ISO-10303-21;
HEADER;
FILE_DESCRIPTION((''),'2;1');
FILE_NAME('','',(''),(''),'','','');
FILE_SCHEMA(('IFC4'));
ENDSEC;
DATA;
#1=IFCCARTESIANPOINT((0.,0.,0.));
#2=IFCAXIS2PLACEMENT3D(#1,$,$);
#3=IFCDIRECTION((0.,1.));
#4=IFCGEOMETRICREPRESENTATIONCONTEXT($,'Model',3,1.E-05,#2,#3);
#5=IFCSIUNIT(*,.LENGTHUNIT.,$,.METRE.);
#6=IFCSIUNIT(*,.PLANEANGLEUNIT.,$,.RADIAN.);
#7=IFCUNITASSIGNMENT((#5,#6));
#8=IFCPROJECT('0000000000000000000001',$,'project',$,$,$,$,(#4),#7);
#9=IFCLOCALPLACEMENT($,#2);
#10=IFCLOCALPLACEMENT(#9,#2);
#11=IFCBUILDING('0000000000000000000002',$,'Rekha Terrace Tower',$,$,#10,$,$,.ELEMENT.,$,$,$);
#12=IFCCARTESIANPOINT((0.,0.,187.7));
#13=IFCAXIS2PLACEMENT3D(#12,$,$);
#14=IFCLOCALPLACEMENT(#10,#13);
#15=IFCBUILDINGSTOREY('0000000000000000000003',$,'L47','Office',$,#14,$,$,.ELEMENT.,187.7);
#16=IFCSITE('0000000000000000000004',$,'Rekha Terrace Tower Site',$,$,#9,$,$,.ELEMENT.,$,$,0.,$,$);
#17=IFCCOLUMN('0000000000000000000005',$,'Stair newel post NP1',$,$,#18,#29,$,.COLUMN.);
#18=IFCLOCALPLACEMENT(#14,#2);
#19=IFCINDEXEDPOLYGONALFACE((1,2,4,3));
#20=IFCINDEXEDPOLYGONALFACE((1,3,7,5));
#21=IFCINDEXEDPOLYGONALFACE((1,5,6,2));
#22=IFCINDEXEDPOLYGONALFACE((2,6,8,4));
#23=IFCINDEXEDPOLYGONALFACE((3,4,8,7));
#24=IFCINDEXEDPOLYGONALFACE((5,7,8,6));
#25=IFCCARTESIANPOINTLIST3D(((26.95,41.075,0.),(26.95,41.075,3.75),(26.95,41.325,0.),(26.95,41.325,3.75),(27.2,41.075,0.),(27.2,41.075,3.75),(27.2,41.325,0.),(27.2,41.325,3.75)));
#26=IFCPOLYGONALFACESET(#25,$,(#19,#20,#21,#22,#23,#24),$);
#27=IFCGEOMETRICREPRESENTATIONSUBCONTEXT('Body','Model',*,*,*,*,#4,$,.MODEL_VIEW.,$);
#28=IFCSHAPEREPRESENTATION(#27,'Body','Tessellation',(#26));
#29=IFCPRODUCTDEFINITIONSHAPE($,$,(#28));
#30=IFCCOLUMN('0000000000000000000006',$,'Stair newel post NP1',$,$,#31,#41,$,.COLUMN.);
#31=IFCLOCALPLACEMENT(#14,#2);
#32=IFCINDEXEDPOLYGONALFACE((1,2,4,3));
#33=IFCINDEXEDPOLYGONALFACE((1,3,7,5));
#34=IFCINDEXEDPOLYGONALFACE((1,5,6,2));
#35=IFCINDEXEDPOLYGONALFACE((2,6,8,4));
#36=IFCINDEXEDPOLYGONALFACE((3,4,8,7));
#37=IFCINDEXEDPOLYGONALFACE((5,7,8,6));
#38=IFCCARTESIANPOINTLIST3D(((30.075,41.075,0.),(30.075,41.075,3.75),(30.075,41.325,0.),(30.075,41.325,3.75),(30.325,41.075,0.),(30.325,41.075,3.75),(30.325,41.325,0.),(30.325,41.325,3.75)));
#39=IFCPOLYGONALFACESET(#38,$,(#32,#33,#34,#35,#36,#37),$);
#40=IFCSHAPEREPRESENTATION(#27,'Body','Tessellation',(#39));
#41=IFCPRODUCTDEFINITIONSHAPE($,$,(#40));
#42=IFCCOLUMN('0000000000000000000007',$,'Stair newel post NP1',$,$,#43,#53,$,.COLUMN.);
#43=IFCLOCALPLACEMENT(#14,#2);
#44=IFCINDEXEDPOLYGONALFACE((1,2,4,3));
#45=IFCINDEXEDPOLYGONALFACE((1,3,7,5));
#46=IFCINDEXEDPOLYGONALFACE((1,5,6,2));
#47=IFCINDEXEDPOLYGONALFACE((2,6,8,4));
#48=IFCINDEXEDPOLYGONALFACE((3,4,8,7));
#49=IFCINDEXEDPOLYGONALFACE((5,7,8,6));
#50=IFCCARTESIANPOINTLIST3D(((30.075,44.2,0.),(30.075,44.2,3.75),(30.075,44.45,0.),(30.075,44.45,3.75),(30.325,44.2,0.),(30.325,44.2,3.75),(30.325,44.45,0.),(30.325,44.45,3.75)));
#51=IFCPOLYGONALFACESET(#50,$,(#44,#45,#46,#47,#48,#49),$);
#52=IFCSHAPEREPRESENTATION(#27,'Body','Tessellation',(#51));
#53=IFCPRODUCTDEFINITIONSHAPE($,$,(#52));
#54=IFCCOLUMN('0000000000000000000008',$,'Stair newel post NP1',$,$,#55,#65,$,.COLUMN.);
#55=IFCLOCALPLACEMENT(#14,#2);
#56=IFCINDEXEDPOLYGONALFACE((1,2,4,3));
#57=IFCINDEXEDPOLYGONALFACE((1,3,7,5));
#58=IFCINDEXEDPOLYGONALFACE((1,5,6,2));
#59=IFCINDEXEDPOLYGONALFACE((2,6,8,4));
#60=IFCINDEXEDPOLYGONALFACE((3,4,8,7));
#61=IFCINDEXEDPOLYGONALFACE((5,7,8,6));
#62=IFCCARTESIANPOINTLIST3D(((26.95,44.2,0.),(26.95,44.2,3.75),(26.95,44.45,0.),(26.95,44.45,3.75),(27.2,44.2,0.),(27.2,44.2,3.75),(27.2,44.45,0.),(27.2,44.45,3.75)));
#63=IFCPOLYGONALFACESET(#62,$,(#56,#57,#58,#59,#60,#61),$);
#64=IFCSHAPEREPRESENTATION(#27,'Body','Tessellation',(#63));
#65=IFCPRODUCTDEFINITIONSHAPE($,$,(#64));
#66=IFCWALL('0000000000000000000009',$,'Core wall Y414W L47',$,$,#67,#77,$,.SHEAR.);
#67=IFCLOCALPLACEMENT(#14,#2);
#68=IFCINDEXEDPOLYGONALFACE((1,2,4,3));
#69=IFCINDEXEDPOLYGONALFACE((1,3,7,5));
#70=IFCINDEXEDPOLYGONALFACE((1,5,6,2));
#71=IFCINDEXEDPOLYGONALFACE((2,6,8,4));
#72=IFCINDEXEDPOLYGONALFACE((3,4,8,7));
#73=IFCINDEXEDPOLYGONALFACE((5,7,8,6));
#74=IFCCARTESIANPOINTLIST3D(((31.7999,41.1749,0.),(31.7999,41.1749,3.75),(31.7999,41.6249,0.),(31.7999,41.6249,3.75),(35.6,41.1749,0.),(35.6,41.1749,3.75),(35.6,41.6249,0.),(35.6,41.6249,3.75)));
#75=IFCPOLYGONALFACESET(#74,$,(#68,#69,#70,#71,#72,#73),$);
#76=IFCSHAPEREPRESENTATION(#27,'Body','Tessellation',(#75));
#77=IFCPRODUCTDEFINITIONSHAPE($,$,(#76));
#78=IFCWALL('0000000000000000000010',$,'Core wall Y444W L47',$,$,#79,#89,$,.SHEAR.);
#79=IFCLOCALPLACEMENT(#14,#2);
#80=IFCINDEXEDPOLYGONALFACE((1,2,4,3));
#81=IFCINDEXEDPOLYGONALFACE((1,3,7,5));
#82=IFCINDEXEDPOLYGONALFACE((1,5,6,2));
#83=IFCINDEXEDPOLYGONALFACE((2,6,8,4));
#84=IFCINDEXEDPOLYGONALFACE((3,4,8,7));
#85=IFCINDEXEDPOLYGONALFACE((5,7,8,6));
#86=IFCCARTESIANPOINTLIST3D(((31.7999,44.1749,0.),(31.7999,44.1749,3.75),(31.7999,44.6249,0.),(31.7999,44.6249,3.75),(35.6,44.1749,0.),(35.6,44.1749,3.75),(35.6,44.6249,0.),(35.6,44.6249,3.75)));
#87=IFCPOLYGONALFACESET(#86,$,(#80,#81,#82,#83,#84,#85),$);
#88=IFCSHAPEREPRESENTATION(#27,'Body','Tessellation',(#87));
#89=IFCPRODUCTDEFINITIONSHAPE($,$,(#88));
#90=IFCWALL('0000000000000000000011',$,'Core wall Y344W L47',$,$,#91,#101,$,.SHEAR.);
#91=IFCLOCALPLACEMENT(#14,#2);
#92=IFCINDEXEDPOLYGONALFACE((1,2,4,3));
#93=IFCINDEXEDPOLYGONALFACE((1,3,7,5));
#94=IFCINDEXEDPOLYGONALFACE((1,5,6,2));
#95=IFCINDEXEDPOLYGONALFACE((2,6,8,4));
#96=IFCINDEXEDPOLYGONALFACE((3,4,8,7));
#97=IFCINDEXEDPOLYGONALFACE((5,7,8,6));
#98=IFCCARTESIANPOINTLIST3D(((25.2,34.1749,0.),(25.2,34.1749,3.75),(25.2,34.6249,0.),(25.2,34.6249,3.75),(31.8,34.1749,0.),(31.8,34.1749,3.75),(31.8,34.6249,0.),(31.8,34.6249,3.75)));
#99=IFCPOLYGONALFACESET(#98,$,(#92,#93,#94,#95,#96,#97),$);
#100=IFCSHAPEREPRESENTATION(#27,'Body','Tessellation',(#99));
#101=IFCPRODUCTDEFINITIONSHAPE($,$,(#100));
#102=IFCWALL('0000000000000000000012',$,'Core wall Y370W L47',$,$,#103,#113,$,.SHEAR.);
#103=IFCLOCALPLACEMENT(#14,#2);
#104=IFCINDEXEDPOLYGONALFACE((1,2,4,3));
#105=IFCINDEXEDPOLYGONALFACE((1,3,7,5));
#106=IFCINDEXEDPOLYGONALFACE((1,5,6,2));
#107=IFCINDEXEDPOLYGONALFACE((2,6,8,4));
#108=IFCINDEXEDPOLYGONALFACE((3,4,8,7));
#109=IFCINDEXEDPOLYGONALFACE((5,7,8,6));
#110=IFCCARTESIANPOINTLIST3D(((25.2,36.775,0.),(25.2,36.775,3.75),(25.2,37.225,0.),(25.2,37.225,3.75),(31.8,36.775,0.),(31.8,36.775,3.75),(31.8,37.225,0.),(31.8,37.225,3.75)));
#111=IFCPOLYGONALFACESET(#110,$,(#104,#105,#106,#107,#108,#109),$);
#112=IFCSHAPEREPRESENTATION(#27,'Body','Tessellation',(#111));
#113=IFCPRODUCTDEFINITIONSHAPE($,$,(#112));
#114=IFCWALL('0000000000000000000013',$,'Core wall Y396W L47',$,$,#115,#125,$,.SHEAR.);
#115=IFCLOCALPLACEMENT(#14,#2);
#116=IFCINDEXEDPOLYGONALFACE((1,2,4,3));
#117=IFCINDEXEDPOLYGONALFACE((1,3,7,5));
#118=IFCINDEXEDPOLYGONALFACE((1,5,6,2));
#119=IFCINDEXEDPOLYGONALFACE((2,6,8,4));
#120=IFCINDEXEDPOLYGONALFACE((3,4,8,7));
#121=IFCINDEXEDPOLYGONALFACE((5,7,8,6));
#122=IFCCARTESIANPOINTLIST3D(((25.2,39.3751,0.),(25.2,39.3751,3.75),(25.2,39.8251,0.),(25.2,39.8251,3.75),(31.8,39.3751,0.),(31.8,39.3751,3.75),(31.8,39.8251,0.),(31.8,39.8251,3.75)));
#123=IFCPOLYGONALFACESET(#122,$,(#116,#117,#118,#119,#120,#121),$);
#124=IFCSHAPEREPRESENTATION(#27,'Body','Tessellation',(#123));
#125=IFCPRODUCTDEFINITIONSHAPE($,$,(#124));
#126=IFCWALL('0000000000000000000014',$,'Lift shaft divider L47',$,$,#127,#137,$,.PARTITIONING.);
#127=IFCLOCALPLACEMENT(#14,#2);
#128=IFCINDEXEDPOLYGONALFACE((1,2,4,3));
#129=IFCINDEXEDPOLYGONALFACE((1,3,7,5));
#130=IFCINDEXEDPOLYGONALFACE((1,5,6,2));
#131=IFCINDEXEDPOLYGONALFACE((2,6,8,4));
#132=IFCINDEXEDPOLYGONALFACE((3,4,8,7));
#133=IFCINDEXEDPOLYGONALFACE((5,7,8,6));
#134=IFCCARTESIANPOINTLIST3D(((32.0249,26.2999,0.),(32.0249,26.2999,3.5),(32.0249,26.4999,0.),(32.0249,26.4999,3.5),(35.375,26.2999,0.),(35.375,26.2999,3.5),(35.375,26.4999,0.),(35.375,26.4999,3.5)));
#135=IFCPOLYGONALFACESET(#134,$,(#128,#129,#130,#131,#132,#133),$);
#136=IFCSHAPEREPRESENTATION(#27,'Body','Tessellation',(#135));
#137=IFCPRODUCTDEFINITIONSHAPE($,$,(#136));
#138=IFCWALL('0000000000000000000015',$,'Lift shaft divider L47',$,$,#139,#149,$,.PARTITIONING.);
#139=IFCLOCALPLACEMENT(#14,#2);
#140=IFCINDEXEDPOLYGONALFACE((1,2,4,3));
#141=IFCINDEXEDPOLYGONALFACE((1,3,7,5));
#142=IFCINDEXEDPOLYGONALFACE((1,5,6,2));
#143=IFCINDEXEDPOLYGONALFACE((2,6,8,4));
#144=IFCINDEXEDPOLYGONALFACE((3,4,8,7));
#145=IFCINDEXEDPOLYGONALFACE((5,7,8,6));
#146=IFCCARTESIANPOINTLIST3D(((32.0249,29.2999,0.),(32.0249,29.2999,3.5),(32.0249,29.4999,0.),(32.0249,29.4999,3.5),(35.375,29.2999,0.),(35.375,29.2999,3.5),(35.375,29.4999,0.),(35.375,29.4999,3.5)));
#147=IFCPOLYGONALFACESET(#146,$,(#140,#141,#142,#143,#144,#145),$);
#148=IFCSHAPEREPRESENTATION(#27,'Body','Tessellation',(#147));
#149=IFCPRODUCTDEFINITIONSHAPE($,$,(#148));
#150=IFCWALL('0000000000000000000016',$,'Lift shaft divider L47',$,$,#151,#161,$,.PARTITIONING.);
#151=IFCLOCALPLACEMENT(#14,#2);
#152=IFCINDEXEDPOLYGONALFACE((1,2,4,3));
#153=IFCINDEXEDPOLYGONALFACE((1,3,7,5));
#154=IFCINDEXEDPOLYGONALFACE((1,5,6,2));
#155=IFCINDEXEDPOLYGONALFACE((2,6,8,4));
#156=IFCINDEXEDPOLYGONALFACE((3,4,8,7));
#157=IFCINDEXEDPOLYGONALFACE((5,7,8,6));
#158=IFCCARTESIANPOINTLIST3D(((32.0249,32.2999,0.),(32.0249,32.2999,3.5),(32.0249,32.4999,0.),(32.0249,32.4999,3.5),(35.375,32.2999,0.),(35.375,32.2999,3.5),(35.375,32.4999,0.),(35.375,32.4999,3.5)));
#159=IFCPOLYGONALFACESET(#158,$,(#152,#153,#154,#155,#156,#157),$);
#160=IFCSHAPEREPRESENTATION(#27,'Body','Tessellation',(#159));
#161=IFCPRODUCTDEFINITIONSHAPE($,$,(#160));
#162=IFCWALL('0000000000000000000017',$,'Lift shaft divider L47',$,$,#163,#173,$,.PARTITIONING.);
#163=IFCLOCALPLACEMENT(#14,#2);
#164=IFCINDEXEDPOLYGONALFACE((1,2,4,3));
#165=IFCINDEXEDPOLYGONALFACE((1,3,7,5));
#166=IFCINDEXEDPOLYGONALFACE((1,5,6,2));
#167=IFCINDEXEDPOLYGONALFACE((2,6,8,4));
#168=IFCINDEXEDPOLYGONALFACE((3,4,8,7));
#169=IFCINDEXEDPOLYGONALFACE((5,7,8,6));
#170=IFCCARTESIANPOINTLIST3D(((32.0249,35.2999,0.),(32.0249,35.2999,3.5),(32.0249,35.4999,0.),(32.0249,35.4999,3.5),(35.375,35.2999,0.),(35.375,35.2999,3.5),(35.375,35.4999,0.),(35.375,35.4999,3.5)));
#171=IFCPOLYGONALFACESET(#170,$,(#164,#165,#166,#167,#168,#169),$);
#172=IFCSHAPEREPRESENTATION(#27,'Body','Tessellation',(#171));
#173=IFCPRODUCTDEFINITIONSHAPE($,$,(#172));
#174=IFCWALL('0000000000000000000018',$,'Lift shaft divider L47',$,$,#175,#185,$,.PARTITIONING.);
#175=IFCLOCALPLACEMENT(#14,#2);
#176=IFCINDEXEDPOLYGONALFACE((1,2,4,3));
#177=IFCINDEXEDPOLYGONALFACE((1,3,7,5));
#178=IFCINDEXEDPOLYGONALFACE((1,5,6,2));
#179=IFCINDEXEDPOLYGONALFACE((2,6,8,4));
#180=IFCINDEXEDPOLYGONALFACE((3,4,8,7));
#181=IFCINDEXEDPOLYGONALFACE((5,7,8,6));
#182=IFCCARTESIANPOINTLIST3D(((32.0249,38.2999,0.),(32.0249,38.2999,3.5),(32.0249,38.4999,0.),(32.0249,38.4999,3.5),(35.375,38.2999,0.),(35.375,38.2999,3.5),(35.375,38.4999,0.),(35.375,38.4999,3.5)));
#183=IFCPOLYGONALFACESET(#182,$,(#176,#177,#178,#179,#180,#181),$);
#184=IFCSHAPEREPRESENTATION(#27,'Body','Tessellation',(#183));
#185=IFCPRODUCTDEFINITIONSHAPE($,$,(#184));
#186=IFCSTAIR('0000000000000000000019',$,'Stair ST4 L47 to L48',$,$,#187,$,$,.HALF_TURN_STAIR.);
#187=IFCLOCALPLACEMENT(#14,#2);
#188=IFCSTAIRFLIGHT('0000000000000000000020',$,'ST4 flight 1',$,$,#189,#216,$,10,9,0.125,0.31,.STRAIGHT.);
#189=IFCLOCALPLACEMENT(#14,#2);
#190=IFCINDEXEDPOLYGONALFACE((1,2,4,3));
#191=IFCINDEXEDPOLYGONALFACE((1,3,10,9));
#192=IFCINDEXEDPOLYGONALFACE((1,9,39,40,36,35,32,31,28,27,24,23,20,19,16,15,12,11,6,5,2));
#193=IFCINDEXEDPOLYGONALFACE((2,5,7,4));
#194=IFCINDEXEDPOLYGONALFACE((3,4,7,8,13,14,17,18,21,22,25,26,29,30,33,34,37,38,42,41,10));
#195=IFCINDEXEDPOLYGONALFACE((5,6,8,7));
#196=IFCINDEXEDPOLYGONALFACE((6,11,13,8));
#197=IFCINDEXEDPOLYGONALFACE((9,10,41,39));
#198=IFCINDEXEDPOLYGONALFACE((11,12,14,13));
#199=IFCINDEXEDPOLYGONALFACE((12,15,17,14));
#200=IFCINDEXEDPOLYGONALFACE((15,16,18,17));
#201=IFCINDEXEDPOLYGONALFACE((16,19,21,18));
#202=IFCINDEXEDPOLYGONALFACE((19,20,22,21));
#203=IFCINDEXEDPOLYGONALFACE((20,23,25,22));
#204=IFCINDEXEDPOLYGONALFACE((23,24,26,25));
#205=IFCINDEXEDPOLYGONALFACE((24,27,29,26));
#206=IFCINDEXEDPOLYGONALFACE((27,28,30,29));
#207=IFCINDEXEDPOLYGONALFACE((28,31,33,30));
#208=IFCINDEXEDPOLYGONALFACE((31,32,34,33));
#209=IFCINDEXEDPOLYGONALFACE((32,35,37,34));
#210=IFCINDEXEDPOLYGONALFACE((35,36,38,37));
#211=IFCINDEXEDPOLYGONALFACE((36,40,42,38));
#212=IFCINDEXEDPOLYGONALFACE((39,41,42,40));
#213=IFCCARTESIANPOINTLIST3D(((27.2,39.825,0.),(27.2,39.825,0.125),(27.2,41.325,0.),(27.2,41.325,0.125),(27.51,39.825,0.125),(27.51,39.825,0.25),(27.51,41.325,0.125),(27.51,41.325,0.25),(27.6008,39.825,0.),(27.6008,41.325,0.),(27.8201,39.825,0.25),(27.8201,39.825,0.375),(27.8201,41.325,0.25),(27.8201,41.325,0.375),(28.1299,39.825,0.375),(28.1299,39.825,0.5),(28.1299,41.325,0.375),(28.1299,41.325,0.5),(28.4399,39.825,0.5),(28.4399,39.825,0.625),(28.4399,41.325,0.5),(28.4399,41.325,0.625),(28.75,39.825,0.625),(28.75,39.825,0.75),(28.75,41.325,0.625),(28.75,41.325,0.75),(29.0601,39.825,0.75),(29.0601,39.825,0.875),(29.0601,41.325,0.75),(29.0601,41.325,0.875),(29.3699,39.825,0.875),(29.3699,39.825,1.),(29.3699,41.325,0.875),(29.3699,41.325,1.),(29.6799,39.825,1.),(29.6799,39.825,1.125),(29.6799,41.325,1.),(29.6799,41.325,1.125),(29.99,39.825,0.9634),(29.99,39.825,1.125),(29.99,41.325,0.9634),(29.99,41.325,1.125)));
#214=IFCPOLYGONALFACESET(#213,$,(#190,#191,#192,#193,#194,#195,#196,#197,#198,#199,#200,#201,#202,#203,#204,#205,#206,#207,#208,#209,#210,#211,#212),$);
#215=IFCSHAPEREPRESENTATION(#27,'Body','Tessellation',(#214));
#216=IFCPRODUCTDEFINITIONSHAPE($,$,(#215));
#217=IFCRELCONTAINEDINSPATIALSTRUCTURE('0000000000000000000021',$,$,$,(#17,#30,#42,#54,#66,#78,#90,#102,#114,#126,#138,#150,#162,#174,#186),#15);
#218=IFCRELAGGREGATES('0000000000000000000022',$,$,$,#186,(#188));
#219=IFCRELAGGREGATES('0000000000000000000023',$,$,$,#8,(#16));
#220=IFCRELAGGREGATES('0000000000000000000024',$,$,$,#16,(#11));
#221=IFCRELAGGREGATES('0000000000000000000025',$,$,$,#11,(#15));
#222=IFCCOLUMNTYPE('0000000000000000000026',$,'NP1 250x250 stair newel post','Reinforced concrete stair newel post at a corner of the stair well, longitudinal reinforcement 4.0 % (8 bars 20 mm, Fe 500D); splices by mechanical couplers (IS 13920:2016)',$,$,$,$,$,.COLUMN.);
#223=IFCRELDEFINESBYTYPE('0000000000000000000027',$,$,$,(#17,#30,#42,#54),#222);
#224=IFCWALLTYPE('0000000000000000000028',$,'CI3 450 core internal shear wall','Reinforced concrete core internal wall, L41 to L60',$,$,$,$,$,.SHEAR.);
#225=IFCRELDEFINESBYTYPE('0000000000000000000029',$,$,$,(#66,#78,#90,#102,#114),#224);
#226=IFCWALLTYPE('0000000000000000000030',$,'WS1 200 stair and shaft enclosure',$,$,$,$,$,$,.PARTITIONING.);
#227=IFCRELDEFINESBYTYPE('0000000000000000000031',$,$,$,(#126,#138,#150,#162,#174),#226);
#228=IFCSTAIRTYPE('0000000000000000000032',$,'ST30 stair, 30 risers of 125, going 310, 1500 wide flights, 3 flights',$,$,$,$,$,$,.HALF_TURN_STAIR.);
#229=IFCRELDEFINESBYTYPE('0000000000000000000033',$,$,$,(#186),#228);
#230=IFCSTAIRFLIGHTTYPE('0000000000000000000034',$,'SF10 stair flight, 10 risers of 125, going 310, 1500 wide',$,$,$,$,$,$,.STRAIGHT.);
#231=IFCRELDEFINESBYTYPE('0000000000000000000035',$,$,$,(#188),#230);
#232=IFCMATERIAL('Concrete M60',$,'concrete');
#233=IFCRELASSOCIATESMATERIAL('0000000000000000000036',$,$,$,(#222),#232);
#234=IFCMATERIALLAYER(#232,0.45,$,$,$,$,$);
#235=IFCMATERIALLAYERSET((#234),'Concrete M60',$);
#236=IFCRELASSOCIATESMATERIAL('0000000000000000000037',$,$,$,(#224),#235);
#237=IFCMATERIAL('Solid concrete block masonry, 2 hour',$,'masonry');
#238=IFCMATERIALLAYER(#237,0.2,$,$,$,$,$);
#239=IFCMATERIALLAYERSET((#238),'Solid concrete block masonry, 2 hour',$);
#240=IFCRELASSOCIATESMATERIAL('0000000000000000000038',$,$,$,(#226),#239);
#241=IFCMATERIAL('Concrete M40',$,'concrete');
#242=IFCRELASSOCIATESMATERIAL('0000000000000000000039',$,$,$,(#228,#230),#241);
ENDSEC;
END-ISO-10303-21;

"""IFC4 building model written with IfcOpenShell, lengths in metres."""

from ifc_helpers import new_model, si_unit, direction, frame, frame_2d, origin, origin_2d, place, context, subcontext, project, spatial, polyline, rectangle, outline, extrude, material, layer, layer_set, material_profile, profile_set, type_object, element, aggregate, save


model = new_model("IFC4")

# Units and contexts
model_context = context("Model", 3, precision=1e-05, world=origin(), true_north=direction((0.0, 1.0)))
body_context = subcontext(model_context, "Body", "Model", "MODEL_VIEW")
ifc_project = project(units=[si_unit("LENGTHUNIT", "METRE"), si_unit("PLANEANGLEUNIT", "RADIAN")], contexts=[model_context])

# Site, building, storey
site_placement = place(None, origin())
site = spatial("IfcSite", under=ifc_project, at=site_placement, Name="Rekha Terrace Tower Site", CompositionType="ELEMENT", RefElevation=0.0)
building_placement = place(site_placement, origin())
building = spatial("IfcBuilding", under=site, at=building_placement, Name="Rekha Terrace Tower", CompositionType="ELEMENT")
storey_placement = place(building_placement, frame((0.0, 0.0, 187.7)))
storey = spatial("IfcBuildingStorey", under=building, at=storey_placement, Name="L47", Description="Office", CompositionType="ELEMENT", Elevation=187.7)

# Columns
ifc_material_1 = material(Name="Concrete M60", Category="concrete")
ifc_material_profile = material_profile(ifc_material_1, rectangle(XDim=0.25, YDim=0.25, at=origin_2d()), Name="RC 250x250")
ifc_profile_set = profile_set([ifc_material_profile], Name="Concrete M60")
column_type = type_object("IfcColumnType", Name="NP1 250x250 stair newel post", Description="Reinforced concrete stair newel post at a corner of the stair well, longitudinal reinforcement 4.0 % (8 bars 20 mm, Fe 500D); splices by mechanical couplers (IS 13920:2016)", PredefinedType="COLUMN", material=ifc_profile_set)
for number, where, z_axis, x_axis, name in (
    (1, (27.075, 41.2, 0.0), (0.0, 0.0, 1.0), (1.0, 0.0, 0.0), "Stair newel post NP1"),
    (2, (30.2, 41.2, 0.0), (0.0, 0.0, 1.0), (1.0, 0.0, 0.0), "Stair newel post NP1"),
    (3, (30.2, 44.325, 0.0), (0.0, 0.0, 1.0), (1.0, 0.0, 0.0), "Stair newel post NP1"),
    (4, (27.075, 44.325, 0.0), (0.0, 0.0, 1.0), (1.0, 0.0, 0.0), "Stair newel post NP1"),
):
    element("IfcColumn", number, at=place(storey_placement, frame(where, z_axis=z_axis, x_axis=x_axis)), inside=storey, type_object=column_type, Name=name, PredefinedType="COLUMN", context=body_context, shape_type="SweptSolid", body=[
        extrude(rectangle(XDim=0.25, YDim=0.25, at=origin_2d()), origin(), (0.0, 0.0, 1.0), 3.75),
    ])

# Walls
ifc_layer_1 = layer(ifc_material_1, 0.45)
ifc_layer_set_1 = layer_set([ifc_layer_1], Name="Concrete M60")
wall_type_1 = type_object("IfcWallType", Name="CI3 450 core internal shear wall", Description="Reinforced concrete core internal wall, L41 to L60", PredefinedType="SHEAR", material=ifc_layer_set_1)
for number, where, z_axis, x_axis, name in (
    (5, (31.8, 41.3999, 0.0), (0.0, 0.0, 1.0), (1.0, 0.0, 0.0), "Core wall Y414W L47"),
    (6, (31.8, 44.3999, 0.0), (0.0, 0.0, 1.0), (1.0, 0.0, 0.0), "Core wall Y444W L47"),
):
    element("IfcWall", number, at=place(storey_placement, frame(where, z_axis=z_axis, x_axis=x_axis)), inside=storey, type_object=wall_type_1, Name=name, PredefinedType="SHEAR", context=body_context, shape_type="SweptSolid", body=[
        extrude(rectangle(XDim=3.8, YDim=0.45, at=frame_2d((1.8999, 0.0))), origin(), (0.0, 0.0, 1.0), 3.75),
    ])
for number, where, z_axis, x_axis, name in (
    (7, (25.2, 34.3999, 0.0), (0.0, 0.0, 1.0), (1.0, 0.0, 0.0), "Core wall Y344W L47"),
    (8, (25.2, 37.0, 0.0), (0.0, 0.0, 1.0), (1.0, 0.0, 0.0), "Core wall Y370W L47"),
    (9, (25.2, 39.6001, 0.0), (0.0, 0.0, 1.0), (1.0, 0.0, 0.0), "Core wall Y396W L47"),
):
    element("IfcWall", number, at=place(storey_placement, frame(where, z_axis=z_axis, x_axis=x_axis)), inside=storey, type_object=wall_type_1, Name=name, PredefinedType="SHEAR", context=body_context, shape_type="SweptSolid", body=[
        extrude(rectangle(XDim=6.6001, YDim=0.45, at=frame_2d((3.3, 0.0))), origin(), (0.0, 0.0, 1.0), 3.75),
    ])
ifc_material_2 = material(Name="Solid concrete block masonry, 2 hour", Category="masonry")
ifc_layer_2 = layer(ifc_material_2, 0.2)
ifc_layer_set_2 = layer_set([ifc_layer_2], Name="Solid concrete block masonry, 2 hour")
wall_type_2 = type_object("IfcWallType", Name="WS1 200 stair and shaft enclosure", PredefinedType="PARTITIONING", material=ifc_layer_set_2)
for number, where, z_axis, x_axis, name in (
    (10, (32.0249, 26.3999, 0.0), (0.0, 0.0, 1.0), (1.0, 0.0, 0.0), "Lift shaft divider L47"),
    (11, (32.0249, 29.3999, 0.0), (0.0, 0.0, 1.0), (1.0, 0.0, 0.0), "Lift shaft divider L47"),
    (12, (32.0249, 32.3999, 0.0), (0.0, 0.0, 1.0), (1.0, 0.0, 0.0), "Lift shaft divider L47"),
    (13, (32.0249, 35.3999, 0.0), (0.0, 0.0, 1.0), (1.0, 0.0, 0.0), "Lift shaft divider L47"),
    (14, (32.0249, 38.3999, 0.0), (0.0, 0.0, 1.0), (1.0, 0.0, 0.0), "Lift shaft divider L47"),
):
    element("IfcWall", number, at=place(storey_placement, frame(where, z_axis=z_axis, x_axis=x_axis)), inside=storey, type_object=wall_type_2, Name=name, PredefinedType="PARTITIONING", context=body_context, shape_type="SweptSolid", body=[
        extrude(rectangle(XDim=3.3501, YDim=0.2, at=frame_2d((1.675, 0.0))), origin(), (0.0, 0.0, 1.0), 3.5),
    ])

# Stair, stair flight
ifc_material_3 = material(Name="Concrete M40", Category="concrete")
stair_type = type_object("IfcStairType", Name="ST30 stair, 30 risers of 125, going 310, 1500 wide flights, 3 flights", PredefinedType="HALF_TURN_STAIR", material=ifc_material_3)
stair_placement = place(storey_placement, origin())
stair = element("IfcStair", 15, at=stair_placement, inside=storey, type_object=stair_type, Name="Stair ST4 L47 to L48", PredefinedType="HALF_TURN_STAIR")
stair_flight_type = type_object("IfcStairFlightType", Name="SF10 stair flight, 10 risers of 125, going 310, 1500 wide", PredefinedType="STRAIGHT", material=ifc_material_3)
stair_flight_1_placement = place(storey_placement, frame((27.2, 40.575, 0.0), z_axis=(0.0, 0.0, 1.0), x_axis=(1.0, 0.0, 0.0)))
stair_flight_1 = element("IfcStairFlight", 16, at=stair_flight_1_placement, type_object=stair_flight_type, Name="ST4 flight 1", NumberOfRisers=10, NumberOfTreads=9, PredefinedType="STRAIGHT", RiserHeight=0.125, TreadLength=0.31, context=body_context, shape_type="SweptSolid", body=[
    extrude(outline(polyline([(0.0, 0.0), (0.0, 0.125), (0.3101, 0.125), (0.3101, 0.25), (0.6201, 0.25), (0.6201, 0.375), (0.9299, 0.375), (0.9299, 0.5), (1.24, 0.5), (1.24, 0.625), (1.55, 0.625), (1.55, 0.75), (1.8601, 0.75), (1.8601, 0.875), (2.1699, 0.875), (2.1699, 1.0), (2.48, 1.0), (2.48, 1.125), (2.79, 1.125), (2.79, 1.25), (2.79, 0.9634), (0.4009, 0.0), (0.0, 0.0)])), frame((0.0, 0.75, 0.0), z_axis=(0.0, -1.0, 0.0), x_axis=(1.0, 0.0, 0.0)), (0.0, 0.0, 1.0), 1.5),
])
aggregate(stair, [stair_flight_1])

save(model, "model.ifc")
